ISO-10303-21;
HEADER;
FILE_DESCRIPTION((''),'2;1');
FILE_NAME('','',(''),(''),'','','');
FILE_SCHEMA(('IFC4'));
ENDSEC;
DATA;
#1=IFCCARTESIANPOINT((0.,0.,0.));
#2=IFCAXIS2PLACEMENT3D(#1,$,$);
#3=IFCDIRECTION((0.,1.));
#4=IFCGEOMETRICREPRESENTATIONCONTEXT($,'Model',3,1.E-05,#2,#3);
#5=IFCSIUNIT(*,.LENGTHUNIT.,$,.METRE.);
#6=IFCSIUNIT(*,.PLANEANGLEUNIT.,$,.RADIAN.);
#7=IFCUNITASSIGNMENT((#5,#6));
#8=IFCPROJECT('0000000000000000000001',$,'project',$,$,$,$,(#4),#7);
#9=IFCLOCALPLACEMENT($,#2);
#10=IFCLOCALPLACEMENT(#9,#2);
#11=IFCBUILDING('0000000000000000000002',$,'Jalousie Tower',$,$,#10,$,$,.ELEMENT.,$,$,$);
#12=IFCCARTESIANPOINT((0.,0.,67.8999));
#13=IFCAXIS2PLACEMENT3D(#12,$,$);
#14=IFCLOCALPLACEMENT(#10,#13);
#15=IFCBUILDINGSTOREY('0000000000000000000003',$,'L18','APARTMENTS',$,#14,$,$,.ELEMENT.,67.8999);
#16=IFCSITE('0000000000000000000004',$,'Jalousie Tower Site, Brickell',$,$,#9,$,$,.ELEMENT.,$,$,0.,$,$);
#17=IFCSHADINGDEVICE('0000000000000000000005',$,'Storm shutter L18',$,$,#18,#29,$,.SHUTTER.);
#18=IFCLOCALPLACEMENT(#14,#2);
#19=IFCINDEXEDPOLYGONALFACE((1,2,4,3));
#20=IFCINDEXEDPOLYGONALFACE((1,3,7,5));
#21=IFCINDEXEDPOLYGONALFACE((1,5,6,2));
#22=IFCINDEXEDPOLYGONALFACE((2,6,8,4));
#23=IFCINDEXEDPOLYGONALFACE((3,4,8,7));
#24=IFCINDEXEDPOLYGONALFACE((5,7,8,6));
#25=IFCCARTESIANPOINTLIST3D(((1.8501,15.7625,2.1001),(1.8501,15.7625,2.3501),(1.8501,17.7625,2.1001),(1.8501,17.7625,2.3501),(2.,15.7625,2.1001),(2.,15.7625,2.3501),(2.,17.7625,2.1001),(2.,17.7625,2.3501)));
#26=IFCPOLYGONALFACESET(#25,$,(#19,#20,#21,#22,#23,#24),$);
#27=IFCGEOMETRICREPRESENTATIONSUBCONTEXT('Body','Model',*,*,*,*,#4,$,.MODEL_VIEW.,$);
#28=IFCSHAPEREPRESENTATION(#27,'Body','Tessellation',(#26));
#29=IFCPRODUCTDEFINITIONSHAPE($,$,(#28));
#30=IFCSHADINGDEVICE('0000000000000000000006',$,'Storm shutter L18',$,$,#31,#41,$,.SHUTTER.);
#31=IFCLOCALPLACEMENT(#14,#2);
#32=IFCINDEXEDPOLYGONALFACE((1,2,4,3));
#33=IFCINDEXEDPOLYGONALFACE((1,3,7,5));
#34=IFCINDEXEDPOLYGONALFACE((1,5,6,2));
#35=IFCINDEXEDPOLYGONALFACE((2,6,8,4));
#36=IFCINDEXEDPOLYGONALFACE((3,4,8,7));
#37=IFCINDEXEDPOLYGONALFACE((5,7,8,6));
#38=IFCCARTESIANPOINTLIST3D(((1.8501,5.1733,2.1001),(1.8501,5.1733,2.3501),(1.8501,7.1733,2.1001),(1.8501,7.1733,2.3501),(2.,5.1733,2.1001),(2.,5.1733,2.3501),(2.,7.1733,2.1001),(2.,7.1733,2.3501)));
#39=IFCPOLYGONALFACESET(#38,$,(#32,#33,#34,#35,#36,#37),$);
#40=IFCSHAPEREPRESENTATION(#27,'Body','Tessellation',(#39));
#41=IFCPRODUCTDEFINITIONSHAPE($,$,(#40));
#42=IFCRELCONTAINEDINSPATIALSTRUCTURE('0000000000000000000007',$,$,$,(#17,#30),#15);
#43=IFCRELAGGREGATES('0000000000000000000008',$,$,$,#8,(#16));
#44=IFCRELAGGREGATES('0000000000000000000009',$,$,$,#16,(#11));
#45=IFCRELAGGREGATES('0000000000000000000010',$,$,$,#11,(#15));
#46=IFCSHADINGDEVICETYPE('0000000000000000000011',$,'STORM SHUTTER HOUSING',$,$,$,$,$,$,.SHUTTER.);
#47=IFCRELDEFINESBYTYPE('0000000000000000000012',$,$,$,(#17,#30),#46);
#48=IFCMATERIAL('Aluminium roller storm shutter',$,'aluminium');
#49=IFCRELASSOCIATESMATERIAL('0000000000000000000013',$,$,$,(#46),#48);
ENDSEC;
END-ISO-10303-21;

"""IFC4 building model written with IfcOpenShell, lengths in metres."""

from ifc_helpers import new_model, si_unit, direction, frame, origin, origin_2d, place, context, subcontext, project, spatial, rectangle, extrude, material, type_object, element, save


model = new_model("IFC4")

# Units and contexts
model_context = context("Model", 3, precision=1e-05, world=origin(), true_north=direction((0.0, 1.0)))
body_context = subcontext(model_context, "Body", "Model", "MODEL_VIEW")
ifc_project = project(units=[si_unit("LENGTHUNIT", "METRE"), si_unit("PLANEANGLEUNIT", "RADIAN")], contexts=[model_context])

# Site, building, storey
site_placement = place(None, origin())
site = spatial("IfcSite", under=ifc_project, at=site_placement, Name="Jalousie Tower Site, Brickell", CompositionType="ELEMENT", RefElevation=0.0)
building_placement = place(site_placement, origin())
building = spatial("IfcBuilding", under=site, at=building_placement, Name="Jalousie Tower", CompositionType="ELEMENT")
storey_placement = place(building_placement, frame((0.0, 0.0, 67.8999)))
storey = spatial("IfcBuildingStorey", under=building, at=storey_placement, Name="L18", Description="APARTMENTS", CompositionType="ELEMENT", Elevation=67.8999)

# Shading devices
ifc_material_1 = material(Name="Aluminium roller storm shutter", Category="aluminium")
shading_device_type = type_object("IfcShadingDeviceType", Name="STORM SHUTTER HOUSING", PredefinedType="SHUTTER", material=ifc_material_1)
for number, where, z_axis, x_axis, name in (
    (1, (1.925, 16.7625, 2.1001), (0.0, 0.0, 1.0), (0.0, -1.0, 0.0), "Storm shutter L18"),
    (2, (1.925, 6.1733, 2.1001), (0.0, 0.0, 1.0), (0.0, -1.0, 0.0), "Storm shutter L18"),
):
    element("IfcShadingDevice", number, at=place(storey_placement, frame(where, z_axis=z_axis, x_axis=x_axis)), inside=storey, type_object=shading_device_type, Name=name, PredefinedType="SHUTTER", context=body_context, shape_type="SweptSolid", body=[
        extrude(rectangle(XDim=2.0, YDim=0.1499, at=origin_2d()), origin(), (0.0, 0.0, 1.0), 0.25),
    ])

save(model, "model.ifc")
